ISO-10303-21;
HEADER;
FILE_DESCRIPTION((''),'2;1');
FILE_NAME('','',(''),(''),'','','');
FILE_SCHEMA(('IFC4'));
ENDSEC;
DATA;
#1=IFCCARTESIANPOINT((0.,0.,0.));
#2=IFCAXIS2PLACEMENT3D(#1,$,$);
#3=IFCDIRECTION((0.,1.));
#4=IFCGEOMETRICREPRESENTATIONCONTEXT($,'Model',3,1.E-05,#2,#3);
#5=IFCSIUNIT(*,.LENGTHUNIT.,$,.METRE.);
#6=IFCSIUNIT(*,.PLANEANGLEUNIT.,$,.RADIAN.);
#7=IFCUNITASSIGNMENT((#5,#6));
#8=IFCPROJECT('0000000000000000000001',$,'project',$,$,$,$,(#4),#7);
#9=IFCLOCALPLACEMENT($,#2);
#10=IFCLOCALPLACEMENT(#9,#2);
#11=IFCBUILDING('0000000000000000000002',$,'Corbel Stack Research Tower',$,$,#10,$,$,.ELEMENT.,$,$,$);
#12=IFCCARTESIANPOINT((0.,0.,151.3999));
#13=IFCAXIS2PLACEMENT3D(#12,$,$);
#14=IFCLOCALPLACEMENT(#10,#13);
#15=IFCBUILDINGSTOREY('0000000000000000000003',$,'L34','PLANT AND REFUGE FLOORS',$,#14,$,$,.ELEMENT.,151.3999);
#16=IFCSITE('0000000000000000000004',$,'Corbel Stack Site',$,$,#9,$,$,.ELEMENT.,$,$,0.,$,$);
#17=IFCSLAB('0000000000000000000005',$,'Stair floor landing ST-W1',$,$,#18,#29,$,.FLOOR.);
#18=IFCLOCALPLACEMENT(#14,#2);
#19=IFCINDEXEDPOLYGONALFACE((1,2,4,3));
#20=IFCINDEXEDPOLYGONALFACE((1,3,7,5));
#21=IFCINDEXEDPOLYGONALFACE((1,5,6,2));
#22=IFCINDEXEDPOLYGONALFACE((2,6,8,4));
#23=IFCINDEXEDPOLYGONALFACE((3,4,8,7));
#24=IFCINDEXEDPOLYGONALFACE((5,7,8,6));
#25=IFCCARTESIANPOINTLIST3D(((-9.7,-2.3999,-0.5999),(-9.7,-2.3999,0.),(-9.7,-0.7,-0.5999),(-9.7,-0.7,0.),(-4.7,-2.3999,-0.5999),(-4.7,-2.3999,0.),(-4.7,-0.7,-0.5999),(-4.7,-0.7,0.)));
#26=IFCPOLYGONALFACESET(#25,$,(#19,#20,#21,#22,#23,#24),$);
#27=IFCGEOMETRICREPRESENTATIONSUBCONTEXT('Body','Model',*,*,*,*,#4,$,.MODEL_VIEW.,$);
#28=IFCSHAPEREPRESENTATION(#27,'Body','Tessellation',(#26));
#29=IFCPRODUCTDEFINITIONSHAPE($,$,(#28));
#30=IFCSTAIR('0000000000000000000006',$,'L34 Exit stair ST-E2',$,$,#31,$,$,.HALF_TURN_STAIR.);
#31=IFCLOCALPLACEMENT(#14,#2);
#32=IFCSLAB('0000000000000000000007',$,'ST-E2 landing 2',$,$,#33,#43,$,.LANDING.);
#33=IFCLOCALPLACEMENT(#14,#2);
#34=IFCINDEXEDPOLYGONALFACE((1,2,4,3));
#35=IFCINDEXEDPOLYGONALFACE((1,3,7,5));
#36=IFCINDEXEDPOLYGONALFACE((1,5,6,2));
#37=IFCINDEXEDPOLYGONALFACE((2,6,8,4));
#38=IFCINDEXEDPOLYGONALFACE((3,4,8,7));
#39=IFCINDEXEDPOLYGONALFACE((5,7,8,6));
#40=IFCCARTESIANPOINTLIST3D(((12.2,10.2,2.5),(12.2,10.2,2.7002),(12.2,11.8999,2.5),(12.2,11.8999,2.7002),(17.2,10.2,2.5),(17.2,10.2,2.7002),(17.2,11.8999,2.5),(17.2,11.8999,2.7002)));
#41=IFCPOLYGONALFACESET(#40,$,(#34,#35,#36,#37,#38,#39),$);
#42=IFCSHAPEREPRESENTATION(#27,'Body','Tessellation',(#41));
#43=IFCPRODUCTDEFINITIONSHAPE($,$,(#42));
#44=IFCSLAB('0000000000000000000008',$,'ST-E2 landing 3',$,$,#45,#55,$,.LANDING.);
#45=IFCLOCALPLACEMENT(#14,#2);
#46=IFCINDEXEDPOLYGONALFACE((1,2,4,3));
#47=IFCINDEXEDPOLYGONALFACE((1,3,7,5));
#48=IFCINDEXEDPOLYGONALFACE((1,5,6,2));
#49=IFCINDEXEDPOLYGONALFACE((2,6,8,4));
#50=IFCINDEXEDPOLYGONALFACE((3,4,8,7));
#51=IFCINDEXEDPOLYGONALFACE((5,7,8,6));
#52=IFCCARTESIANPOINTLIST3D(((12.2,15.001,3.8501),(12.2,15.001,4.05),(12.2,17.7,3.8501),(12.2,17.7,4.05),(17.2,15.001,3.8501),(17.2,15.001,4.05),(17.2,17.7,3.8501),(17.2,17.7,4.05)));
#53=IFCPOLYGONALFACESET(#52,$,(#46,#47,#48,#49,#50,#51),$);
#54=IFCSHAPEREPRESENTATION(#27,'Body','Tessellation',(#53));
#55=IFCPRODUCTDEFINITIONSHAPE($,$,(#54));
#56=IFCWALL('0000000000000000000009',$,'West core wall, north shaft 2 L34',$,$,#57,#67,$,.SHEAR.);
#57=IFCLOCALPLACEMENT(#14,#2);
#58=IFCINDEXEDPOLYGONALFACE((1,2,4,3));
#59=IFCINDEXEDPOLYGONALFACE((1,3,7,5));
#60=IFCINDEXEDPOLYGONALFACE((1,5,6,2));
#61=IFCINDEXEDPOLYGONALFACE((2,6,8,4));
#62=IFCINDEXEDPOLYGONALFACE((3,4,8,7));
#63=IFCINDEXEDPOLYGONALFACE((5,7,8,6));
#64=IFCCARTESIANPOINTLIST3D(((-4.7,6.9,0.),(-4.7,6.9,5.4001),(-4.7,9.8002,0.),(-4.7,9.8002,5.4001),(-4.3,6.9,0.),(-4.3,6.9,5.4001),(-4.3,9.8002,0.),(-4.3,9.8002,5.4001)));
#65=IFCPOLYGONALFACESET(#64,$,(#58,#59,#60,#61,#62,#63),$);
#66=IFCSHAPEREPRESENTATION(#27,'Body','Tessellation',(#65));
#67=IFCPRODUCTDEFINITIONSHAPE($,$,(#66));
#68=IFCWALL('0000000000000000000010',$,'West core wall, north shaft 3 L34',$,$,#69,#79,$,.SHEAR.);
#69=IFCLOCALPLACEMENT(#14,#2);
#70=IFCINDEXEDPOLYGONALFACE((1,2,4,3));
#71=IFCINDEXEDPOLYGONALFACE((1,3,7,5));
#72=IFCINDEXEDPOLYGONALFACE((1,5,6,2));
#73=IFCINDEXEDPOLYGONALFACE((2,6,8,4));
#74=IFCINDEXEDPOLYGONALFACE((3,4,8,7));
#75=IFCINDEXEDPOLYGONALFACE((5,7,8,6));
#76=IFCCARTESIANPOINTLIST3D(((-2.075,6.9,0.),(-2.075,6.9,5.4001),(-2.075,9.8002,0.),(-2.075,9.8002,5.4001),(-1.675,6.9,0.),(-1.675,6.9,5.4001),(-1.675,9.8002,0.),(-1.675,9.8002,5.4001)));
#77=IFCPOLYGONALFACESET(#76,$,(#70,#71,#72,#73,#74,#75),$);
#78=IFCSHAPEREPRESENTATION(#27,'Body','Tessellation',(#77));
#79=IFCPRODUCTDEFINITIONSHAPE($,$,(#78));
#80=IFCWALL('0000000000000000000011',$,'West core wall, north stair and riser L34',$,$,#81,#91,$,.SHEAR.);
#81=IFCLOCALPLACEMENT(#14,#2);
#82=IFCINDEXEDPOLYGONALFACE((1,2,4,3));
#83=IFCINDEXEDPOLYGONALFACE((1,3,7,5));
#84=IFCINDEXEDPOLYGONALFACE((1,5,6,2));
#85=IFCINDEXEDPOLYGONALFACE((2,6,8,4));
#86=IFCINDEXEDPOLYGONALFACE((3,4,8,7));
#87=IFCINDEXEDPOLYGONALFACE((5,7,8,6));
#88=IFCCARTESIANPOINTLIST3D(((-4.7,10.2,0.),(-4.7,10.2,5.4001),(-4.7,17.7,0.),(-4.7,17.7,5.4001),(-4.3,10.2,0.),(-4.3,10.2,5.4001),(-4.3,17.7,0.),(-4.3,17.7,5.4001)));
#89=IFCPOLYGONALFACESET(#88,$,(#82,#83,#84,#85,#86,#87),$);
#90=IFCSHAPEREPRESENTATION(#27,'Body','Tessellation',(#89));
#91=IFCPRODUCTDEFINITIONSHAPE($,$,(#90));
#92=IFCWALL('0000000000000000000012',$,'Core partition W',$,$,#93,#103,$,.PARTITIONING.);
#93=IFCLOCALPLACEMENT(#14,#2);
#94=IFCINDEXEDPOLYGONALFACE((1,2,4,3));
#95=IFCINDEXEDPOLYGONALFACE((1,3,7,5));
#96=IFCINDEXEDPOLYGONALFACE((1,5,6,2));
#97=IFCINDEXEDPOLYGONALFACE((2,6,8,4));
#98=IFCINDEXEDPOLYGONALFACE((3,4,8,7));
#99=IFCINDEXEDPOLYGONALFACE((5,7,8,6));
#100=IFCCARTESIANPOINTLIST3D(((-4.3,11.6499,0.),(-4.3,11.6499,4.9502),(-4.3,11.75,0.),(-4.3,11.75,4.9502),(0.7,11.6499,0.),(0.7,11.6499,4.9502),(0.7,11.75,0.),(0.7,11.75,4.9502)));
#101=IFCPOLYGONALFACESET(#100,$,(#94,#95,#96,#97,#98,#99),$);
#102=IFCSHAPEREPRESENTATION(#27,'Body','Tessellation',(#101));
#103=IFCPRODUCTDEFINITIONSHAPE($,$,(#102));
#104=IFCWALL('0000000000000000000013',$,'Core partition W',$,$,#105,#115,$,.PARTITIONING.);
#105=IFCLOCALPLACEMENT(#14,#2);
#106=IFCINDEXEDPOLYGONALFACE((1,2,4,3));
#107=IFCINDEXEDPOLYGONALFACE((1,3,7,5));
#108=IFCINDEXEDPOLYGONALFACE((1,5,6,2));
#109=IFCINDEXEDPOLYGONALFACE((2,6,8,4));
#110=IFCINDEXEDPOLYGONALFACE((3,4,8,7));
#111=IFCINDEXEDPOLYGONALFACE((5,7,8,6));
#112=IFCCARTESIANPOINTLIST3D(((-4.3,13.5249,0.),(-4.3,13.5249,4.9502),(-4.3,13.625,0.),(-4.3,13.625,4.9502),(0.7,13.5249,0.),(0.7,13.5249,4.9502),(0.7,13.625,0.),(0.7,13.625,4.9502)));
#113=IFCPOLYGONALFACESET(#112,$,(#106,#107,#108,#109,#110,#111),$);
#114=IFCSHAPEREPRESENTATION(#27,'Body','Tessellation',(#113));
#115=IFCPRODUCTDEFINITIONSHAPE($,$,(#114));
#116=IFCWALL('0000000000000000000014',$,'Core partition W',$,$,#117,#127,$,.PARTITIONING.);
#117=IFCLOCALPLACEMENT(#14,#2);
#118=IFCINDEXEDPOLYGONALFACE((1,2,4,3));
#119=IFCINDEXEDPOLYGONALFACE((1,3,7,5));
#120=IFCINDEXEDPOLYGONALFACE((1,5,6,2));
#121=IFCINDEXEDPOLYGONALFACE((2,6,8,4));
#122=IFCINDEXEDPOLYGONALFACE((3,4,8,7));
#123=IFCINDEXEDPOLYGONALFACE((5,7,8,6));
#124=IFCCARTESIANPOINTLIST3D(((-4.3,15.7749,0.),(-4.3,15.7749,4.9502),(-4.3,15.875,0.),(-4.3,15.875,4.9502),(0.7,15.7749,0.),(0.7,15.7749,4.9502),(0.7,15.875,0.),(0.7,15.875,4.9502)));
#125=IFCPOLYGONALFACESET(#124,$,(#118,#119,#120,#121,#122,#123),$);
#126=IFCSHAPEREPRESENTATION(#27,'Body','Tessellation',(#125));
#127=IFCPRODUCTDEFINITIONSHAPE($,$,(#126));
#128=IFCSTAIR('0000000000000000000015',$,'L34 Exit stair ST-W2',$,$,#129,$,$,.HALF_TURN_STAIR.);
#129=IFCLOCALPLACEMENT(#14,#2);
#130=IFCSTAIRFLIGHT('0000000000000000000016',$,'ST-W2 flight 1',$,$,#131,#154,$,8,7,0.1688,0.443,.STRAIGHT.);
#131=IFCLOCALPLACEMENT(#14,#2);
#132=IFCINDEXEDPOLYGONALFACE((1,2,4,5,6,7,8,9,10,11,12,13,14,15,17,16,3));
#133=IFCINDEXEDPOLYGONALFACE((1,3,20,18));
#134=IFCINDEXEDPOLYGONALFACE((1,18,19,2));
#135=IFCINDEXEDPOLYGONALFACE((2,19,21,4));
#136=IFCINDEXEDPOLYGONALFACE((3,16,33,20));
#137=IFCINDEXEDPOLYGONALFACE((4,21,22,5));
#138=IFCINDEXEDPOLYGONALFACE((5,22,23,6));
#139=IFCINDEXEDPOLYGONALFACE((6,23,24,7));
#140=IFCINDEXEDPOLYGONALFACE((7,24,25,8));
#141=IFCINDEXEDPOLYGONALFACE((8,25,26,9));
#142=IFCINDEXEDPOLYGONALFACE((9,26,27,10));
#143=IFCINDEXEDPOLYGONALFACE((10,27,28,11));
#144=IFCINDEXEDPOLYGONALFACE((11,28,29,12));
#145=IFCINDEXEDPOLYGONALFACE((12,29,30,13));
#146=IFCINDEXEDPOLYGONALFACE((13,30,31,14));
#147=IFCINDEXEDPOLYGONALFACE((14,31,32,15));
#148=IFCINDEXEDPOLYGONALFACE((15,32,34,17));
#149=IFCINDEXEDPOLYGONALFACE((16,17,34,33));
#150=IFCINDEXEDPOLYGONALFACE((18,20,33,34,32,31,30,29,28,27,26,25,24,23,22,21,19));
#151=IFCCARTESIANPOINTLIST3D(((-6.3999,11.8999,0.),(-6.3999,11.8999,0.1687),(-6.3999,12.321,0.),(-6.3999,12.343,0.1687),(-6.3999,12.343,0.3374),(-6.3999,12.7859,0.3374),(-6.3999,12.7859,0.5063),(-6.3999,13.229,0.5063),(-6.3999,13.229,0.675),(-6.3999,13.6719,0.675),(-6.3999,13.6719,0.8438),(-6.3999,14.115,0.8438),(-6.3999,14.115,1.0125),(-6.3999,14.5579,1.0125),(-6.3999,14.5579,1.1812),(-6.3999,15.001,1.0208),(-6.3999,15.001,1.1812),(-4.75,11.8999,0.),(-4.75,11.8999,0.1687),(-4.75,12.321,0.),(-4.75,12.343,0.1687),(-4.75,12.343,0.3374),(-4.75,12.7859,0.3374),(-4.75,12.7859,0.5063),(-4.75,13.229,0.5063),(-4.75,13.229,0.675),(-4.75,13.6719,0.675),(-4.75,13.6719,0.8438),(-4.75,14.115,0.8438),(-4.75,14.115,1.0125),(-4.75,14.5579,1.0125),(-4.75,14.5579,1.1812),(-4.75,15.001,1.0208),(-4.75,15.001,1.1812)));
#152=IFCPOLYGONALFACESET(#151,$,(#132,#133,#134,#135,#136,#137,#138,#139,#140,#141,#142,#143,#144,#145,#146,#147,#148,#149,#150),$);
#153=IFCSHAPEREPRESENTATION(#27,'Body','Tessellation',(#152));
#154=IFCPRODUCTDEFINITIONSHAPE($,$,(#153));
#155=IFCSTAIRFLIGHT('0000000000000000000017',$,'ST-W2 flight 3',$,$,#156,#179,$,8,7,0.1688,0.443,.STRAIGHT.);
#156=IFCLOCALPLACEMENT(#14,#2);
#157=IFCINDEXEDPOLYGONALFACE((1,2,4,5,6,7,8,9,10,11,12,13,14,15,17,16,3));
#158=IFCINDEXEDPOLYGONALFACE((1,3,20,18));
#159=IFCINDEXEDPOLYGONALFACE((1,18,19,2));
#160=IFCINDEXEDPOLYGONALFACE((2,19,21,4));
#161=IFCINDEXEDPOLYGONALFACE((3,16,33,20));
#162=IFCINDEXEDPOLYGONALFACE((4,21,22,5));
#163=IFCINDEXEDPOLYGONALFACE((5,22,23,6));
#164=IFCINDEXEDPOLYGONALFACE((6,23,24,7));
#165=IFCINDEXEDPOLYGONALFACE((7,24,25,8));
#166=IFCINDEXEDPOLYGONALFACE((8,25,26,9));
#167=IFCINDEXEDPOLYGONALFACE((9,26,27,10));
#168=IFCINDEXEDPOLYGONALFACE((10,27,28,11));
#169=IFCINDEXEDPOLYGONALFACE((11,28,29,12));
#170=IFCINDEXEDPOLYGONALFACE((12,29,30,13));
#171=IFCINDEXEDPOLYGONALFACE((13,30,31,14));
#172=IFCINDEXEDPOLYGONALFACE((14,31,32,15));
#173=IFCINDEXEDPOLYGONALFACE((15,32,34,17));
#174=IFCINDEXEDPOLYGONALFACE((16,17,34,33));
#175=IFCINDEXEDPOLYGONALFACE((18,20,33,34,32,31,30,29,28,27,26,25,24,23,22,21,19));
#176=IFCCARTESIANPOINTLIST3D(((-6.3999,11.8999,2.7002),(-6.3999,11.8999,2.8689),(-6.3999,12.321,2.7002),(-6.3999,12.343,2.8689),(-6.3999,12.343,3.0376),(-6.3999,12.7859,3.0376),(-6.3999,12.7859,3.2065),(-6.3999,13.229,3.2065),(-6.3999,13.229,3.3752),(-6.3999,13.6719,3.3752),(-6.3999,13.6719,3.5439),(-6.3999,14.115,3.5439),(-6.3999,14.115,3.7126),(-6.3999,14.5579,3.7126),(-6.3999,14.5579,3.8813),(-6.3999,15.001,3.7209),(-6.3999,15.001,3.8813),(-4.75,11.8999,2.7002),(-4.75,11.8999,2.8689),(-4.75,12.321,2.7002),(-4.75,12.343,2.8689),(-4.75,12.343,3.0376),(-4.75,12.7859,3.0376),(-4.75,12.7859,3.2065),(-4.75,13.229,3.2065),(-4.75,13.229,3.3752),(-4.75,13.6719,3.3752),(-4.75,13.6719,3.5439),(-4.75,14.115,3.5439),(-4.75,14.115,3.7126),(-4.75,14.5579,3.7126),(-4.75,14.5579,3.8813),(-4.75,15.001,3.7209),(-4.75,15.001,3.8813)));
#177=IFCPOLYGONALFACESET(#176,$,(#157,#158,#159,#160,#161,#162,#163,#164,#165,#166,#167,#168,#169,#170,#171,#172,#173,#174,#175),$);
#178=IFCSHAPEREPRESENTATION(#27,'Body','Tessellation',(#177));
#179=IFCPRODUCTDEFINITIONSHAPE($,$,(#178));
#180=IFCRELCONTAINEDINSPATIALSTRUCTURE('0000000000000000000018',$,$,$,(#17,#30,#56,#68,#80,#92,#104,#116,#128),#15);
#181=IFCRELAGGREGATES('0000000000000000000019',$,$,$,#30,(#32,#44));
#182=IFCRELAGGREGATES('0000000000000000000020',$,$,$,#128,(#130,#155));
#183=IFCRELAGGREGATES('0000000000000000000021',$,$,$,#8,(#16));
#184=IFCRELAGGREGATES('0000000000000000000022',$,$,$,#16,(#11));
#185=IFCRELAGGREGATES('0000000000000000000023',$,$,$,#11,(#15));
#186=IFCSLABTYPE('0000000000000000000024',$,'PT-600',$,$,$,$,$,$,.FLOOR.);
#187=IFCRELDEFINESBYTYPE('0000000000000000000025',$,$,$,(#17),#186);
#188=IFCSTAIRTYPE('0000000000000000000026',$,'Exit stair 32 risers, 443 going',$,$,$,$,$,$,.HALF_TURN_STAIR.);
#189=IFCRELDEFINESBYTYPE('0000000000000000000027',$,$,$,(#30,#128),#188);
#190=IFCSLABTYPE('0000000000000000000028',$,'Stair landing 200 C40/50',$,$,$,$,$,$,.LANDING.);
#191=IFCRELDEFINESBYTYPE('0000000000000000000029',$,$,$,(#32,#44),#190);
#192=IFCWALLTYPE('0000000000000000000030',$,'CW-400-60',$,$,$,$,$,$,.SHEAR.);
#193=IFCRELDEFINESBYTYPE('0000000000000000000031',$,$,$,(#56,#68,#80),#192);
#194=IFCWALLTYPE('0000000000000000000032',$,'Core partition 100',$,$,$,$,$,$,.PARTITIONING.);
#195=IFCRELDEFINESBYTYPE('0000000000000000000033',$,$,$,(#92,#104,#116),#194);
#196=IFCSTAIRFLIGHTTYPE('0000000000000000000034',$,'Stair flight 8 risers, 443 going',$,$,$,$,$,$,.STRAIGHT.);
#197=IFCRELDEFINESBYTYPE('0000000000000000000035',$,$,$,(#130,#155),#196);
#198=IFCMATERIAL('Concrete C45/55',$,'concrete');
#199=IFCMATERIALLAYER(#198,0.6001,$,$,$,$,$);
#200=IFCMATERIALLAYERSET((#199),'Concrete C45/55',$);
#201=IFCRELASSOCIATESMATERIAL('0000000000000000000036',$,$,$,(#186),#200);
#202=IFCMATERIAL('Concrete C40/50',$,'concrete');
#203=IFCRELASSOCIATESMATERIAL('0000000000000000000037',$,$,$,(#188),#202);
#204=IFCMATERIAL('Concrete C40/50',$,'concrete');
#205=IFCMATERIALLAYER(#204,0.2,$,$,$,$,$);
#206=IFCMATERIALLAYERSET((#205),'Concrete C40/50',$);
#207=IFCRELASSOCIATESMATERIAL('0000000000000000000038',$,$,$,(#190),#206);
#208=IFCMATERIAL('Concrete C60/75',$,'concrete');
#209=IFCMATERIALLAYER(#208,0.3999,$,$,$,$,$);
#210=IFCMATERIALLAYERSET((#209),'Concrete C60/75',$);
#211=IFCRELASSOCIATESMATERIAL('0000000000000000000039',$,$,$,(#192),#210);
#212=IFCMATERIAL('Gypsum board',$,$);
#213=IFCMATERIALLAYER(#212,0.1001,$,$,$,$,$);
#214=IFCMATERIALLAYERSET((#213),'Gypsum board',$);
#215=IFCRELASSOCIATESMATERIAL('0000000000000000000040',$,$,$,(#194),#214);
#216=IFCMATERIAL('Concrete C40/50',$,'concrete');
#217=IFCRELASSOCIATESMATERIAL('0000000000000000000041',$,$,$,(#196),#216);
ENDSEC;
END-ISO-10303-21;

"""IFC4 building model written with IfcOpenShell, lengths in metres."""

from ifc_helpers import new_model, si_unit, direction, frame, frame_2d, origin, place, context, subcontext, project, spatial, polyline, rectangle, outline, extrude, material, layer, layer_set, type_object, element, aggregate, save


model = new_model("IFC4")

# Units and contexts
model_context = context("Model", 3, precision=1e-05, world=origin(), true_north=direction((0.0, 1.0)))
body_context = subcontext(model_context, "Body", "Model", "MODEL_VIEW")
ifc_project = project(units=[si_unit("LENGTHUNIT", "METRE"), si_unit("PLANEANGLEUNIT", "RADIAN")], contexts=[model_context])

# Site, building, storey
site_placement = place(None, origin())
site = spatial("IfcSite", under=ifc_project, at=site_placement, Name="Corbel Stack Site", CompositionType="ELEMENT", RefElevation=0.0)
building_placement = place(site_placement, origin())
building = spatial("IfcBuilding", under=site, at=building_placement, Name="Corbel Stack Research Tower", CompositionType="ELEMENT")
storey_placement = place(building_placement, frame((0.0, 0.0, 151.3999)))
storey = spatial("IfcBuildingStorey", under=building, at=storey_placement, Name="L34", Description="PLANT AND REFUGE FLOORS", CompositionType="ELEMENT", Elevation=151.3999)

# Slab
ifc_material_1 = material(Name="Concrete C45/55", Category="concrete")
ifc_layer_1 = layer(ifc_material_1, 0.6001)
ifc_layer_set_1 = layer_set([ifc_layer_1], Name="Concrete C45/55")
slab_type_1 = type_object("IfcSlabType", Name="PT-600", PredefinedType="FLOOR", material=ifc_layer_set_1)
slab_1_placement = place(storey_placement, frame((0.0, 0.0, -0.5999)))
element("IfcSlab", 1, at=slab_1_placement, inside=storey, type_object=slab_type_1, Name="Stair floor landing ST-W1", PredefinedType="FLOOR", context=body_context, shape_type="SweptSolid", body=[
    extrude(outline(polyline([(-9.7, -2.3999), (-4.7, -2.3999), (-4.7, -0.7), (-9.7, -0.7), (-9.7, -2.3999)])), origin(), (0.0, 0.0, 1.0), 0.5999),
])

# Stair, slabs
ifc_material_2 = material(Name="Concrete C40/50", Category="concrete")
stair_type = type_object("IfcStairType", Name="Exit stair 32 risers, 443 going", PredefinedType="HALF_TURN_STAIR", material=ifc_material_2)
stair_1_placement = place(storey_placement, origin())
stair_1 = element("IfcStair", 2, at=stair_1_placement, inside=storey, type_object=stair_type, Name="L34 Exit stair ST-E2", PredefinedType="HALF_TURN_STAIR")
ifc_material_3 = material(Name="Concrete C40/50", Category="concrete")
ifc_layer_2 = layer(ifc_material_3, 0.2)
ifc_layer_set_2 = layer_set([ifc_layer_2], Name="Concrete C40/50")
slab_type_2 = type_object("IfcSlabType", Name="Stair landing 200 C40/50", PredefinedType="LANDING", material=ifc_layer_set_2)
slab_2_placement = place(storey_placement, frame((0.0, 0.0, 2.5)))
slab_2 = element("IfcSlab", 3, at=slab_2_placement, type_object=slab_type_2, Name="ST-E2 landing 2", PredefinedType="LANDING", context=body_context, shape_type="SweptSolid", body=[
    extrude(outline(polyline([(12.2, 10.2), (12.2, 11.8999), (17.2, 11.8999), (17.2, 10.2), (12.2, 10.2)])), origin(), (0.0, 0.0, 1.0), 0.2002),
])
slab_3_placement = place(storey_placement, frame((0.0, 0.0, 3.8501)))
slab_3 = element("IfcSlab", 4, at=slab_3_placement, type_object=slab_type_2, Name="ST-E2 landing 3", PredefinedType="LANDING", context=body_context, shape_type="SweptSolid", body=[
    extrude(outline(polyline([(12.2, 15.001), (12.2, 17.7), (17.2, 17.7), (17.2, 15.001), (12.2, 15.001)])), origin(), (0.0, 0.0, 1.0), 0.2),
])
aggregate(stair_1, [slab_2, slab_3])

# Walls
ifc_material_4 = material(Name="Concrete C60/75", Category="concrete")
ifc_layer_3 = layer(ifc_material_4, 0.3999)
ifc_layer_set_3 = layer_set([ifc_layer_3], Name="Concrete C60/75")
wall_type_1 = type_object("IfcWallType", Name="CW-400-60", PredefinedType="SHEAR", material=ifc_layer_set_3)
for number, where, z_axis, x_axis, name in (
    (5, (-4.5, 6.8999, 0.0), (0.0, 0.0, 1.0), (0.0, 1.0, 0.0), "West core wall, north shaft 2 L34"),
    (6, (-1.875, 6.8999, 0.0), (0.0, 0.0, 1.0), (0.0, 1.0, 0.0), "West core wall, north shaft 3 L34"),
):
    element("IfcWall", number, at=place(storey_placement, frame(where, z_axis=z_axis, x_axis=x_axis)), inside=storey, type_object=wall_type_1, Name=name, PredefinedType="SHEAR", context=body_context, shape_type="SweptSolid", body=[
        extrude(rectangle(XDim=2.9001, YDim=0.3999, at=frame_2d((1.4502, 0.0))), origin(), (0.0, 0.0, 1.0), 5.4001),
    ])
wall_placement = place(storey_placement, frame((-4.5, 10.2, 0.0), z_axis=(0.0, 0.0, 1.0), x_axis=(0.0, 1.0, 0.0)))
element("IfcWall", 7, at=wall_placement, inside=storey, type_object=wall_type_1, Name="West core wall, north stair and riser L34", PredefinedType="SHEAR", context=body_context, shape_type="SweptSolid", body=[
    extrude(rectangle(XDim=7.5, YDim=0.3999, at=frame_2d((3.75, 0.0))), origin(), (0.0, 0.0, 1.0), 5.4001),
])
ifc_material_5 = material(Name="Gypsum board")
ifc_layer_4 = layer(ifc_material_5, 0.1001)
ifc_layer_set_4 = layer_set([ifc_layer_4], Name="Gypsum board")
wall_type_2 = type_object("IfcWallType", Name="Core partition 100", PredefinedType="PARTITIONING", material=ifc_layer_set_4)
for number, where, z_axis, x_axis, name in (
    (8, (-4.3, 11.7, 0.0), (0.0, 0.0, 1.0), (1.0, 0.0, 0.0), "Core partition W"),
    (9, (-4.3, 13.575, 0.0), (0.0, 0.0, 1.0), (1.0, 0.0, 0.0), "Core partition W"),
    (10, (-4.3, 15.825, 0.0), (0.0, 0.0, 1.0), (1.0, 0.0, 0.0), "Core partition W"),
):
    element("IfcWall", number, at=place(storey_placement, frame(where, z_axis=z_axis, x_axis=x_axis)), inside=storey, type_object=wall_type_2, Name=name, PredefinedType="PARTITIONING", context=body_context, shape_type="SweptSolid", body=[
        extrude(rectangle(XDim=5.0, YDim=0.1001, at=frame_2d((2.5, 0.0))), origin(), (0.0, 0.0, 1.0), 4.9502),
    ])

# Stair, stair flights
stair_2_placement = place(storey_placement, origin())
stair_2 = element("IfcStair", 11, at=stair_2_placement, inside=storey, type_object=stair_type, Name="L34 Exit stair ST-W2", PredefinedType="HALF_TURN_STAIR")
ifc_material_6 = material(Name="Concrete C40/50", Category="concrete")
stair_flight_type = type_object("IfcStairFlightType", Name="Stair flight 8 risers, 443 going", PredefinedType="STRAIGHT", material=ifc_material_6)
stair_flight_1_placement = place(storey_placement, frame((-5.575, 11.8999, 0.0), z_axis=(0.0, 0.0, 1.0), x_axis=(0.0, 1.0, 0.0)))
stair_flight_1 = element("IfcStairFlight", 12, at=stair_flight_1_placement, type_object=stair_flight_type, Name="ST-W2 flight 1", NumberOfRisers=8, NumberOfTreads=7, PredefinedType="STRAIGHT", RiserHeight=0.1688, TreadLength=0.443, context=body_context, shape_type="SweptSolid", body=[
    extrude(outline(polyline([(0.0, 0.0), (0.0, 0.1687), (0.4431, 0.1687), (0.4431, 0.3374), (0.886, 0.3374), (0.886, 0.5063), (1.3291, 0.5063), (1.3291, 0.675), (1.772, 0.675), (1.772, 0.8438), (2.2151, 0.8438), (2.2151, 1.0125), (2.658, 1.0125), (2.658, 1.1812), (3.1011, 1.1812), (3.1011, 1.3501), (3.1011, 1.0208), (0.4211, 0.0), (0.0, 0.0)])), frame((0.0, 0.825, 0.0), z_axis=(0.0, -1.0, 0.0), x_axis=(1.0, 0.0, 0.0)), (0.0, 0.0, 1.0), 1.6499),
])
stair_flight_2_placement = place(storey_placement, frame((-5.575, 11.8999, 2.7002), z_axis=(0.0, 0.0, 1.0), x_axis=(0.0, 1.0, 0.0)))
stair_flight_2 = element("IfcStairFlight", 13, at=stair_flight_2_placement, type_object=stair_flight_type, Name="ST-W2 flight 3", NumberOfRisers=8, NumberOfTreads=7, PredefinedType="STRAIGHT", RiserHeight=0.1688, TreadLength=0.443, context=body_context, shape_type="SweptSolid", body=[
    extrude(outline(polyline([(0.0, 0.0), (0.0, 0.1687), (0.4431, 0.1687), (0.4431, 0.3374), (0.886, 0.3374), (0.886, 0.5063), (1.3291, 0.5063), (1.3291, 0.675), (1.772, 0.675), (1.772, 0.8438), (2.2151, 0.8438), (2.2151, 1.0125), (2.658, 1.0125), (2.658, 1.1812), (3.1011, 1.1812), (3.1011, 1.3501), (3.1011, 1.0208), (0.4211, 0.0), (0.0, 0.0)])), frame((0.0, 0.825, 0.0), z_axis=(0.0, -1.0, 0.0), x_axis=(1.0, 0.0, 0.0)), (0.0, 0.0, 1.0), 1.6499),
])
aggregate(stair_2, [stair_flight_1, stair_flight_2])

save(model, "model.ifc")
